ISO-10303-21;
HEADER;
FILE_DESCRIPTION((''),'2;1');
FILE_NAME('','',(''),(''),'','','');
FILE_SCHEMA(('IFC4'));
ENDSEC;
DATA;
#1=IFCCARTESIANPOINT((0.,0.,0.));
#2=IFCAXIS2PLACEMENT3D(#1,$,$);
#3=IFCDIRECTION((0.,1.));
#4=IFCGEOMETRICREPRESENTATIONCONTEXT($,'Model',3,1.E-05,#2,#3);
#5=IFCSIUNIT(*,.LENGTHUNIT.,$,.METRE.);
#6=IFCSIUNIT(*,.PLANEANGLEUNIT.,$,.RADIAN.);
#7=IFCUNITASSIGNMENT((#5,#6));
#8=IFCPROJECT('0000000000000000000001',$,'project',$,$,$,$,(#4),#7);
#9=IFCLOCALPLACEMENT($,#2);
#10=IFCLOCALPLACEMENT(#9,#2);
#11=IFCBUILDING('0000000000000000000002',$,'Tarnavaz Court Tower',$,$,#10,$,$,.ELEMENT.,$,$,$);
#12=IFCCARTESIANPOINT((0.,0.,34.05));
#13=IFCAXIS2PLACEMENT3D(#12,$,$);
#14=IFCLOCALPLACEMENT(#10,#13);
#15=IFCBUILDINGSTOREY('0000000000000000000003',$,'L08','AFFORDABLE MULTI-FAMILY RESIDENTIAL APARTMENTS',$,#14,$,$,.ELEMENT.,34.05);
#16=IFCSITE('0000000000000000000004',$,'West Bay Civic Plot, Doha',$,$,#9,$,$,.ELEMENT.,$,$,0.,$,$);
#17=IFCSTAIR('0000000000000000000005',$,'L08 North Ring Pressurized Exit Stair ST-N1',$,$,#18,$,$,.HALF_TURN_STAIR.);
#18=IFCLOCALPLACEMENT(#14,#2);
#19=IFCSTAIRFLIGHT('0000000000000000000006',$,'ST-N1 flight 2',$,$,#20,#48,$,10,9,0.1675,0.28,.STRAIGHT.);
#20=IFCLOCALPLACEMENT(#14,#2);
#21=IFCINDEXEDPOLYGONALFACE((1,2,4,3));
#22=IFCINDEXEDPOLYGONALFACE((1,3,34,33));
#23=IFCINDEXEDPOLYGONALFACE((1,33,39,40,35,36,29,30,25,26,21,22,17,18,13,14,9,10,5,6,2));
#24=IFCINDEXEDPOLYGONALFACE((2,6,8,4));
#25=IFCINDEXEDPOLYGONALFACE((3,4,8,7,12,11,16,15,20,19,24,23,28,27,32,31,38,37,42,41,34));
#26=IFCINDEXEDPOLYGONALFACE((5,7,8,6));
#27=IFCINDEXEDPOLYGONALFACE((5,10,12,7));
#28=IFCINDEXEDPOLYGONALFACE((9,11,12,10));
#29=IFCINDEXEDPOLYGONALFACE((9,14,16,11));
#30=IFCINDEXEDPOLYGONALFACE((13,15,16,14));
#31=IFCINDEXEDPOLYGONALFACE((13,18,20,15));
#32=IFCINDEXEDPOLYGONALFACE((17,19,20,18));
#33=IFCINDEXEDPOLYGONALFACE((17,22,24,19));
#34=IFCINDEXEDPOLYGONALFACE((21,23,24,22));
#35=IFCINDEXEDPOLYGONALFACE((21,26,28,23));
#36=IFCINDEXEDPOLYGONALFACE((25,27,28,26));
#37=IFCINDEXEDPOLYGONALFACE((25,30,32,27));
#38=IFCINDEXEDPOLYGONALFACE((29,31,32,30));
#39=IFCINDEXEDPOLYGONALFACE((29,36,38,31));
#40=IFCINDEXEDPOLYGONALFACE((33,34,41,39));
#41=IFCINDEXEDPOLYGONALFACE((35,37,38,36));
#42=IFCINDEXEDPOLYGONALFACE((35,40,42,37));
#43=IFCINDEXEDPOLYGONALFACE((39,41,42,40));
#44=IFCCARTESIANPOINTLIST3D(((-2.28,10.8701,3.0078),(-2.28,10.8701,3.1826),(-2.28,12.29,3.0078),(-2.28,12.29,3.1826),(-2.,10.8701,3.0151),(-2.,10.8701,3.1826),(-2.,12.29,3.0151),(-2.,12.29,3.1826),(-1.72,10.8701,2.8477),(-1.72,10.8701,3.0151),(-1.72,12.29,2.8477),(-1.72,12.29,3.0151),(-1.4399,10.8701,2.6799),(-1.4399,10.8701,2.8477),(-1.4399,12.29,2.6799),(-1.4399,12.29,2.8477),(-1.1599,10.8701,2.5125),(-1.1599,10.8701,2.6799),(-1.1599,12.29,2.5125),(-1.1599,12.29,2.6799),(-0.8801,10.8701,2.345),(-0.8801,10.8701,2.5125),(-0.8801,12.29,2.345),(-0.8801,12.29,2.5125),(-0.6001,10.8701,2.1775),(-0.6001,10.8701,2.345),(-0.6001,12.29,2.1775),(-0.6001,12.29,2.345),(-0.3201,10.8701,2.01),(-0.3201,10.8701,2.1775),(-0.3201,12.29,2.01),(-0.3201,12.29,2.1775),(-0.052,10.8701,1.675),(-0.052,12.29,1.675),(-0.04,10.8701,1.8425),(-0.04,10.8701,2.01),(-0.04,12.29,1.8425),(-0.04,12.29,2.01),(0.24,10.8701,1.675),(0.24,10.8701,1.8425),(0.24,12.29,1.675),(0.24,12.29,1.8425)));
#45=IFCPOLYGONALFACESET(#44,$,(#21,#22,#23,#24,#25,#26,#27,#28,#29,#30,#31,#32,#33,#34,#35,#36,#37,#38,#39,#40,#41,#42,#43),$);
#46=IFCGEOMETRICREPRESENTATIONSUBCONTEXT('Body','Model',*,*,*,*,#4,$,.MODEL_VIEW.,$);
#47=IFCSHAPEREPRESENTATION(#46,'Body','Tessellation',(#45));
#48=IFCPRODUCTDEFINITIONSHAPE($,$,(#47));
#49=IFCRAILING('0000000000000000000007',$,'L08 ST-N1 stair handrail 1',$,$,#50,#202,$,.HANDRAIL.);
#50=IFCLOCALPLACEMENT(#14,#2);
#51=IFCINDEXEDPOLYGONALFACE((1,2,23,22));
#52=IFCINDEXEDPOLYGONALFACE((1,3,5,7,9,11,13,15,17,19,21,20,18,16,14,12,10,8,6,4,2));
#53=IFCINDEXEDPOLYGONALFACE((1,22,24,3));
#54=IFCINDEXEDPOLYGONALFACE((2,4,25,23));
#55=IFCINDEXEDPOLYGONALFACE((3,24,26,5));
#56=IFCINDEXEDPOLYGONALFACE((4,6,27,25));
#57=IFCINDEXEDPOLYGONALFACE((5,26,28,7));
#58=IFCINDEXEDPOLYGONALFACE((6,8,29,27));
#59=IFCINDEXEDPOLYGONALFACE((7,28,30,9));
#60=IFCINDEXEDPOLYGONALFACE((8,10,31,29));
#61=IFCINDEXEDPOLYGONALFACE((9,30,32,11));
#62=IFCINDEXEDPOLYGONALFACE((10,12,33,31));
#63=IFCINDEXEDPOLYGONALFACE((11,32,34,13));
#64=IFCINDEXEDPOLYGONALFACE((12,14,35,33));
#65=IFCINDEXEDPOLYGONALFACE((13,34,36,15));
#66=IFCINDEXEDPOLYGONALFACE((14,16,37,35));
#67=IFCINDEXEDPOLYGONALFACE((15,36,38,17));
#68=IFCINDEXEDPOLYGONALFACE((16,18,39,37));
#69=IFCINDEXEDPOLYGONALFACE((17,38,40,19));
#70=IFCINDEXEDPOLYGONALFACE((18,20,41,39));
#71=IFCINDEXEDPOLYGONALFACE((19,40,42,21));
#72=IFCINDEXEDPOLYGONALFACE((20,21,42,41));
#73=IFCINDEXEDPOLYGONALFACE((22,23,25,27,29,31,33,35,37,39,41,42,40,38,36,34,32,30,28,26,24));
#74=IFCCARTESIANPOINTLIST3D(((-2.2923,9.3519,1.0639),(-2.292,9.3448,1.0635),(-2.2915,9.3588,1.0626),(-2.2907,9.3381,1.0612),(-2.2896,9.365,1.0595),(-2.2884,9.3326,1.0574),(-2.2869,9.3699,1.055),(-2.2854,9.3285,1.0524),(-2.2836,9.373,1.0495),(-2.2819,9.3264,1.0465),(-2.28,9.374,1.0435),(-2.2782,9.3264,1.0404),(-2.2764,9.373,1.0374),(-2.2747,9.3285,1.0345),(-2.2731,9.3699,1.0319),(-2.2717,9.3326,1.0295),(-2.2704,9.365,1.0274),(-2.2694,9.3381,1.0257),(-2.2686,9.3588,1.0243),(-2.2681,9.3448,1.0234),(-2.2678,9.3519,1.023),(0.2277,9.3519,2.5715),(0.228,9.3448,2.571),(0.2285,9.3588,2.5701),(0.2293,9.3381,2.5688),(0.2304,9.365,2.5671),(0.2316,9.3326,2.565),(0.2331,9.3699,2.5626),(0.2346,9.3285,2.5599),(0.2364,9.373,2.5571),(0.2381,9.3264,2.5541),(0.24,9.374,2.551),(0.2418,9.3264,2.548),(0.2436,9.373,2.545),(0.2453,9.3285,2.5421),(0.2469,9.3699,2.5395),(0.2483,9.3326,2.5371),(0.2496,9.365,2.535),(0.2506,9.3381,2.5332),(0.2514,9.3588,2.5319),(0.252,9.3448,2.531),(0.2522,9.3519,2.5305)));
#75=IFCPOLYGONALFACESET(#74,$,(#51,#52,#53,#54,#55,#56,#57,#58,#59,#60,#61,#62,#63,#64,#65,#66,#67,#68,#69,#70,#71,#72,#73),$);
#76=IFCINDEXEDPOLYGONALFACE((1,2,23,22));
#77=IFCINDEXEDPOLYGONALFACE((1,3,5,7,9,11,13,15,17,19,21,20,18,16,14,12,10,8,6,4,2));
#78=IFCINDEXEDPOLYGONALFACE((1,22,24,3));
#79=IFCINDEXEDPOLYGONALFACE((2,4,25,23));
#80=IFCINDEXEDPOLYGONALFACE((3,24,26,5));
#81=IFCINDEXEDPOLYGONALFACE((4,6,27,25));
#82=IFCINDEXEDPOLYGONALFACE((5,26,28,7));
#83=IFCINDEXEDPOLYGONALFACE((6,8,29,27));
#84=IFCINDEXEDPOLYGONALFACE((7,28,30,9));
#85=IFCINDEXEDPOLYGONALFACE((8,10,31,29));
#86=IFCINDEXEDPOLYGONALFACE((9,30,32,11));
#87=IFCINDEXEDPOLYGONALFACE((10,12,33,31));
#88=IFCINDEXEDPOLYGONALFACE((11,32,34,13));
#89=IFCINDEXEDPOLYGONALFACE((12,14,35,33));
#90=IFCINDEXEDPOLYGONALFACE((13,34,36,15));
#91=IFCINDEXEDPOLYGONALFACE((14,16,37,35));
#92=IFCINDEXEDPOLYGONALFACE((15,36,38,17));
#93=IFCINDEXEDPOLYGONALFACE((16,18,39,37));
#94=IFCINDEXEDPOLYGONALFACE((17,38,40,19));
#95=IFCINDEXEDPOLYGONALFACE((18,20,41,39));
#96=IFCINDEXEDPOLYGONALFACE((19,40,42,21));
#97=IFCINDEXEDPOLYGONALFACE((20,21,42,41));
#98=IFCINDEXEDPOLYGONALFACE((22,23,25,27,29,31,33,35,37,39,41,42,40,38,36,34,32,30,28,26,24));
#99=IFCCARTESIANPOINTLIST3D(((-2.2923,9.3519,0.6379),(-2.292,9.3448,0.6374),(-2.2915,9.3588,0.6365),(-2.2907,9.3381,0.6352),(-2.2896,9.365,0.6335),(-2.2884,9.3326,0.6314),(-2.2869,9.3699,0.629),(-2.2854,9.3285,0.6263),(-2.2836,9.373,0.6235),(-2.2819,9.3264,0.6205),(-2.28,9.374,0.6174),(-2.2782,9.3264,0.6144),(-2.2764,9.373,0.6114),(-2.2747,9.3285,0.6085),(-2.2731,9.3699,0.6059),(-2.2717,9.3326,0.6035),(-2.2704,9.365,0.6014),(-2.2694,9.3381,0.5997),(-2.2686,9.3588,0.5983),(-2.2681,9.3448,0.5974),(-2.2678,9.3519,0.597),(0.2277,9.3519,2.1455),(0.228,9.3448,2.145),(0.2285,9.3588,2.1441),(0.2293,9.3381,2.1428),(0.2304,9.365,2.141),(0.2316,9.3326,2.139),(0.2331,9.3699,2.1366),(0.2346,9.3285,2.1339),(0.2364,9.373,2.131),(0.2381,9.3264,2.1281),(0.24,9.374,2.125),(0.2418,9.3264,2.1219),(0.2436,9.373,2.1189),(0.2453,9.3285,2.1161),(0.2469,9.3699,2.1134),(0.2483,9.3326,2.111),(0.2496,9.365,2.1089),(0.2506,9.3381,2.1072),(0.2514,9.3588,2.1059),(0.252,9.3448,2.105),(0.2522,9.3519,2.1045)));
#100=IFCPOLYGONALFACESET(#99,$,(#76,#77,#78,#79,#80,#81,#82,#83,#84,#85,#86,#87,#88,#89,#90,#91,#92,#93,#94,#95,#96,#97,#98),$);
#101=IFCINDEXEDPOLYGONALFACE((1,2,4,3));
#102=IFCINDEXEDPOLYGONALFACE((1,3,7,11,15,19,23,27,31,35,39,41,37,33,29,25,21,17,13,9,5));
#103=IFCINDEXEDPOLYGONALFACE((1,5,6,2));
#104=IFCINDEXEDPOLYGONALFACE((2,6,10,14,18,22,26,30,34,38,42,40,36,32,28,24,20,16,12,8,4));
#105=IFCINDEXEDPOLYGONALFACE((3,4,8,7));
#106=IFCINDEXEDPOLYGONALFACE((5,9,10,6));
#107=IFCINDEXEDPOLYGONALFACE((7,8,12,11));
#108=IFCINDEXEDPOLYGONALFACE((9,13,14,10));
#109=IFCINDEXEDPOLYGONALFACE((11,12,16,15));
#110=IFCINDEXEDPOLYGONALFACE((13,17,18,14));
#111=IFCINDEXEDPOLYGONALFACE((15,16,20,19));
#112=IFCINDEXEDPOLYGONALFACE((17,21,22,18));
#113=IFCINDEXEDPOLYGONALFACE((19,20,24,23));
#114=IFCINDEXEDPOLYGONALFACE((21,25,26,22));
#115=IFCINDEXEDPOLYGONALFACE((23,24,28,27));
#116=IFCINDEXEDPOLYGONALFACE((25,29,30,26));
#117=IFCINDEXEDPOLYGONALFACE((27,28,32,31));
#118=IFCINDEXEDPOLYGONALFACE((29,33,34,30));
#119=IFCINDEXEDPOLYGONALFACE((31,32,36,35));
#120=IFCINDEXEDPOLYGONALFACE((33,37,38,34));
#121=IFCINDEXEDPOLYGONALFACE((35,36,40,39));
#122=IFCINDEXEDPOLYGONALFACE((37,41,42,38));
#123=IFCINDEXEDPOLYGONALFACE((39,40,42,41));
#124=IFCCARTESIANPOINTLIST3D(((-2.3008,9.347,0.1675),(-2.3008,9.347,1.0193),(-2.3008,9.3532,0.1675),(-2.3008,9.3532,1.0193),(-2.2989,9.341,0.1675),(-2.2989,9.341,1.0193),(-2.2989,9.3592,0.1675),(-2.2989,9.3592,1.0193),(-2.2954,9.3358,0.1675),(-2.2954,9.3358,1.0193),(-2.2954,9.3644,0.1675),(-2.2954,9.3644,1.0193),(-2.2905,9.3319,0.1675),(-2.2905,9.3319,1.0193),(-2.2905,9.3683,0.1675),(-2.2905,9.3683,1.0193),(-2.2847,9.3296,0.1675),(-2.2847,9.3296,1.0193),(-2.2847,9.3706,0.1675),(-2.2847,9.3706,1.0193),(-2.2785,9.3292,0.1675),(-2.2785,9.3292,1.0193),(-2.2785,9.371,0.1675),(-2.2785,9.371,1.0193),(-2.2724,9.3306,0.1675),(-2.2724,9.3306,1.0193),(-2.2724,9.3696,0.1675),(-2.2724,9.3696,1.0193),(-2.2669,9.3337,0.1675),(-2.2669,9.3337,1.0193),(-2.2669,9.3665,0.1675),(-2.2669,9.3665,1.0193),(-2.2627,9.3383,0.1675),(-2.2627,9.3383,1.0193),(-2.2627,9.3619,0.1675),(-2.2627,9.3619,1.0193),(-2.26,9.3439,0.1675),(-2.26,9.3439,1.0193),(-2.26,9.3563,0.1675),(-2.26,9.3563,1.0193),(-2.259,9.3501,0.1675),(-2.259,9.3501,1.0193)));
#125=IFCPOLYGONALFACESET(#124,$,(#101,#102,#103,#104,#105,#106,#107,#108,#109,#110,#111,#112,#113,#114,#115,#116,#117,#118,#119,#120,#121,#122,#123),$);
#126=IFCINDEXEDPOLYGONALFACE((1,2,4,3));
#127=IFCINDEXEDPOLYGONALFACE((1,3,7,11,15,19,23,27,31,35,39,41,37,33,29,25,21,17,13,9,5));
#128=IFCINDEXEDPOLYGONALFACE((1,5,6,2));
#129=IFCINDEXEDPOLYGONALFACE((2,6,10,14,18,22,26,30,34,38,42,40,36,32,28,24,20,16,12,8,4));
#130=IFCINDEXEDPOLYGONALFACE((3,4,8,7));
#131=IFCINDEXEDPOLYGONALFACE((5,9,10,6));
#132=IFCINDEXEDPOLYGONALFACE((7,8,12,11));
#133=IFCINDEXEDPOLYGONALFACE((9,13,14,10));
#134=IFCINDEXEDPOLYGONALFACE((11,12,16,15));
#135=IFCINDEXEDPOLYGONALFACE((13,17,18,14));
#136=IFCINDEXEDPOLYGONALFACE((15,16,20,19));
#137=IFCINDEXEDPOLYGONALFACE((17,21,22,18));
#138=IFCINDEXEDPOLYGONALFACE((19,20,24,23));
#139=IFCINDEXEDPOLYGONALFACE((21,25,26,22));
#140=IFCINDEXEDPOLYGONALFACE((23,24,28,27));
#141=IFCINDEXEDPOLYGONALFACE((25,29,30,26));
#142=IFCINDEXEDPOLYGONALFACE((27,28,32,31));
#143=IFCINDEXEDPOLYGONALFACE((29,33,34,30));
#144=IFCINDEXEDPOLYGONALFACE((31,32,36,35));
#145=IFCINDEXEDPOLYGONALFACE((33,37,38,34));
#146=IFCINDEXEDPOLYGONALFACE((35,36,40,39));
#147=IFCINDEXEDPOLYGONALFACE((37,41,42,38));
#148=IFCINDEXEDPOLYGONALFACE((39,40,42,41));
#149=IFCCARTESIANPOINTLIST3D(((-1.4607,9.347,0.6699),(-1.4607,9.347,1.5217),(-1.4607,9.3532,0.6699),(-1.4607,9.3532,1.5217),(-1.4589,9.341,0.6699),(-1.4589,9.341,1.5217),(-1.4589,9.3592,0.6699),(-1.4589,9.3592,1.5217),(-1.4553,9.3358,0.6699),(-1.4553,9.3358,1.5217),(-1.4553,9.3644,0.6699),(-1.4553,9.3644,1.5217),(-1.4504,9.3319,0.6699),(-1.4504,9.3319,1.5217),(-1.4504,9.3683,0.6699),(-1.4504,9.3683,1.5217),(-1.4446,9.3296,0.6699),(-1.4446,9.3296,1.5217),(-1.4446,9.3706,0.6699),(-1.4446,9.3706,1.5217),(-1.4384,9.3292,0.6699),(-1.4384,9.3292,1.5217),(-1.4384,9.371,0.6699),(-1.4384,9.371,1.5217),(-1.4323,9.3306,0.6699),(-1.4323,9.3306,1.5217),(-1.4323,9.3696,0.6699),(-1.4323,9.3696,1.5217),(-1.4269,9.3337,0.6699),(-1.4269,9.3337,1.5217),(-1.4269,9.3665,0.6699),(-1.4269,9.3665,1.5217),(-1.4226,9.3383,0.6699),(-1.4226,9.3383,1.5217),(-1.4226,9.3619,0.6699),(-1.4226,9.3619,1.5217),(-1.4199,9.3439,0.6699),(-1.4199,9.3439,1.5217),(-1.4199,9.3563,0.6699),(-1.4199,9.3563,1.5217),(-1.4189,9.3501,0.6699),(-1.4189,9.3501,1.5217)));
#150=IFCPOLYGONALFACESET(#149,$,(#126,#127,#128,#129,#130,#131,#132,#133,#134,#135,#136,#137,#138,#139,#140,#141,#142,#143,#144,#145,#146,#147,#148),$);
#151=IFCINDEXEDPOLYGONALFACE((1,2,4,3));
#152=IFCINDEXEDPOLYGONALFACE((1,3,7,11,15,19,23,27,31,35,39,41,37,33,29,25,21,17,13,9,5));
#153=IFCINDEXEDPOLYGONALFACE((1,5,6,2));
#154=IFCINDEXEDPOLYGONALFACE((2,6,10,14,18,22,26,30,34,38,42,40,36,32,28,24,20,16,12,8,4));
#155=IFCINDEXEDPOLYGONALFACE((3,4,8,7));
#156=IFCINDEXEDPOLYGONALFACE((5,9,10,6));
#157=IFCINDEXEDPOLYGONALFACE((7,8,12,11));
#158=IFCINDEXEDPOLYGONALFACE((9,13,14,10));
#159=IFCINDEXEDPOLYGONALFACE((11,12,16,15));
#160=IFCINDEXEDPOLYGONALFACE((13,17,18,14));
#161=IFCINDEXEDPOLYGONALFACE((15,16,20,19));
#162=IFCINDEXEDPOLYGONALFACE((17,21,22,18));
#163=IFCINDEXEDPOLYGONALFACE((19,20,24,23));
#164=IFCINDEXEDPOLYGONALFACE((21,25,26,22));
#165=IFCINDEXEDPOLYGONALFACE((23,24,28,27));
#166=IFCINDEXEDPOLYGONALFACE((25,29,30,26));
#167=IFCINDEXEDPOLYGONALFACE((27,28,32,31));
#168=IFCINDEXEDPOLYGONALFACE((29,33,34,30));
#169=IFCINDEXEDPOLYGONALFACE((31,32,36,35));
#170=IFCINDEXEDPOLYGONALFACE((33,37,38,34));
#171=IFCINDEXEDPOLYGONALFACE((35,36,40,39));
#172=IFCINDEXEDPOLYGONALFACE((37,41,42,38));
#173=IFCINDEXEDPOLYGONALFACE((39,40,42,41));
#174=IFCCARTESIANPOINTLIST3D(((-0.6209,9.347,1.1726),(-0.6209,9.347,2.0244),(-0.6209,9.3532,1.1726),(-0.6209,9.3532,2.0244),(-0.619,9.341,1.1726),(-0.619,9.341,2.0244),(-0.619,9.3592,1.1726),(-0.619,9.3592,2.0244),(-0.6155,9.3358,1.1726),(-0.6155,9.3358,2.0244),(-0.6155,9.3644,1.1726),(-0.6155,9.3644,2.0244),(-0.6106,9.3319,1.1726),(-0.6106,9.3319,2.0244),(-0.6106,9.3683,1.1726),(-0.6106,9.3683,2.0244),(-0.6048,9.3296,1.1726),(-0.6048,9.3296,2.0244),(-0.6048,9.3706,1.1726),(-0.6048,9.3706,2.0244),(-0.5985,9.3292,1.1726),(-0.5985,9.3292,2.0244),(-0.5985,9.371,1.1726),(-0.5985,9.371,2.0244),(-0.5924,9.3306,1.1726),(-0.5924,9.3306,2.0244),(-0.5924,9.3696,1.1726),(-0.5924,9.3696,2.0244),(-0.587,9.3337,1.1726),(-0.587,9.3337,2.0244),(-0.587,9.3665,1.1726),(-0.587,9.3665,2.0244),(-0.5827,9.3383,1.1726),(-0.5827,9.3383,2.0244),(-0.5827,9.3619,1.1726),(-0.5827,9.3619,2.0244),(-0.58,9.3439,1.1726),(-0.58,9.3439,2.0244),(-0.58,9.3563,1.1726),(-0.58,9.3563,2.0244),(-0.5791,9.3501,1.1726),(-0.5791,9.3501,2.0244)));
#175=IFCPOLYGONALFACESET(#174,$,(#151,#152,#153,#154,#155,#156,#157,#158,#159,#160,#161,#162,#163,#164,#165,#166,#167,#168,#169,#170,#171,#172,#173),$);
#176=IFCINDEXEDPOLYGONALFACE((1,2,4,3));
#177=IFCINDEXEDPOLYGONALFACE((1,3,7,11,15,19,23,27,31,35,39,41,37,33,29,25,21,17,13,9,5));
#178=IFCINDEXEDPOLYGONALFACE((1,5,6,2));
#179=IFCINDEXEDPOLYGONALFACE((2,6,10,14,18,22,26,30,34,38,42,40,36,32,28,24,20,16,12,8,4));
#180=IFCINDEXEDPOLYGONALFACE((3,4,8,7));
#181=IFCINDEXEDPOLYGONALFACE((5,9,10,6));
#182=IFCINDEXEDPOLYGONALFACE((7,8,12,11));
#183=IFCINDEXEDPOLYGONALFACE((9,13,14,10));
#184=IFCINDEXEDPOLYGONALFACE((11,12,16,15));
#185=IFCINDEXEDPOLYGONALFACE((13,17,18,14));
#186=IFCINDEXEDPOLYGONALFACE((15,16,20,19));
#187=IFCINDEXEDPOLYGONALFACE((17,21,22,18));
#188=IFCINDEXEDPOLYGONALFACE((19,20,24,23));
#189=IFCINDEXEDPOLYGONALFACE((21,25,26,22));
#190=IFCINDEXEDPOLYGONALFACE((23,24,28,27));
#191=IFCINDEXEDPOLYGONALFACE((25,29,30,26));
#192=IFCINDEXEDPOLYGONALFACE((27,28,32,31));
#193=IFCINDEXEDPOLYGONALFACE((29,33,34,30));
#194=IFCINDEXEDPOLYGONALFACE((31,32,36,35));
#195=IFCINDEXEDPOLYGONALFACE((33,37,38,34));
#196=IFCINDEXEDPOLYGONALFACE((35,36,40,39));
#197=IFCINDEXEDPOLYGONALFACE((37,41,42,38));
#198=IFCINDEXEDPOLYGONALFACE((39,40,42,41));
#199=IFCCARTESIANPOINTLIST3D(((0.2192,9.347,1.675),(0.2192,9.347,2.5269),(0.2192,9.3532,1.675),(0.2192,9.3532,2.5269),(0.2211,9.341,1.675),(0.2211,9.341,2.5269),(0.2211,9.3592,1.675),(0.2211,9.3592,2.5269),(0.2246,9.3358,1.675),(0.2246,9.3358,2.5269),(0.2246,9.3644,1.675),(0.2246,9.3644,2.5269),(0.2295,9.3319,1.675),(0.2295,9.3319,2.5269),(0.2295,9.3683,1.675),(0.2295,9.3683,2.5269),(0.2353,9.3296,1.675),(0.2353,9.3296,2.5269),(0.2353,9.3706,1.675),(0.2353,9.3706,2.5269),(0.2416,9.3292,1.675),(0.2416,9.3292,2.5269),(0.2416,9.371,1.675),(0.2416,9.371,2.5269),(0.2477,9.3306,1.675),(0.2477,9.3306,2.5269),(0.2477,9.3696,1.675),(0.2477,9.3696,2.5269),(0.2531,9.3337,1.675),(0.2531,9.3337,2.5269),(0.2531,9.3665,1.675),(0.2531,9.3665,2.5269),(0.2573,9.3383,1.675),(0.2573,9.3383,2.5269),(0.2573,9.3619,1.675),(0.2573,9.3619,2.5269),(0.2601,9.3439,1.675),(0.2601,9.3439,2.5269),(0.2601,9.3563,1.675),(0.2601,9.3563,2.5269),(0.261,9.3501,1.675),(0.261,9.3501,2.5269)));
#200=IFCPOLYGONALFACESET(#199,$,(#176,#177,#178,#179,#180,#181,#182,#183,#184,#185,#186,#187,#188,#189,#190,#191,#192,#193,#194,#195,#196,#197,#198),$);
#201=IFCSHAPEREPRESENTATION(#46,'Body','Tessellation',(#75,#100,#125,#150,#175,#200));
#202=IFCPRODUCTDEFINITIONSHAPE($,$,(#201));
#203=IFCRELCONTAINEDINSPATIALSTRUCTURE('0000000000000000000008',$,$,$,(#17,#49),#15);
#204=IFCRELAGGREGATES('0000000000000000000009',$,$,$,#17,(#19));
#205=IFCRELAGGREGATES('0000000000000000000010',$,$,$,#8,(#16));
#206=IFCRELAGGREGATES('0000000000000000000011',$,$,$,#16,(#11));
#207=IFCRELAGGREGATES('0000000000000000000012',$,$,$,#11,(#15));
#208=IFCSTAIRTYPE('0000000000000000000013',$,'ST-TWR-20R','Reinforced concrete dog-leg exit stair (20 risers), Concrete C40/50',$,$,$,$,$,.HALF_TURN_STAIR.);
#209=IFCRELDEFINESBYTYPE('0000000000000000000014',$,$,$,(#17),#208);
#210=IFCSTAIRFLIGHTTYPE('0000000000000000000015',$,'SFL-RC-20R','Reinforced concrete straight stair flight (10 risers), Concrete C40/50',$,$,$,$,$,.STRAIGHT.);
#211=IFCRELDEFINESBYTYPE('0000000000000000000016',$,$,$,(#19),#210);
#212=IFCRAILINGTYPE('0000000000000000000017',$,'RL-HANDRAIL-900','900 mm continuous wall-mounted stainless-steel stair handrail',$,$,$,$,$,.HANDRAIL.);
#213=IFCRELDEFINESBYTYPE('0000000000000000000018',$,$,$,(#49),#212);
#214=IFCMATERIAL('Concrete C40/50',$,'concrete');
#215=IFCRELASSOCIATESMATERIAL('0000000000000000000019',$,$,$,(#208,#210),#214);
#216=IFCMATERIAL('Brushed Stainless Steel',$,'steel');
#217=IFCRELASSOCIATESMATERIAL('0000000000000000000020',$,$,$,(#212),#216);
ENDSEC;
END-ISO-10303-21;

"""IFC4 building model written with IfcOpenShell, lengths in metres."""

from ifc_helpers import new_model, si_unit, direction, frame, origin, origin_2d, place, context, subcontext, project, spatial, polyline, circle, outline, extrude, material, type_object, element, aggregate, save


model = new_model("IFC4")

# Units and contexts
model_context = context("Model", 3, precision=1e-05, world=origin(), true_north=direction((0.0, 1.0)))
body_context = subcontext(model_context, "Body", "Model", "MODEL_VIEW")
ifc_project = project(units=[si_unit("LENGTHUNIT", "METRE"), si_unit("PLANEANGLEUNIT", "RADIAN")], contexts=[model_context])

# Site, building, storey
site_placement = place(None, origin())
site = spatial("IfcSite", under=ifc_project, at=site_placement, Name="West Bay Civic Plot, Doha", CompositionType="ELEMENT", RefElevation=0.0)
building_placement = place(site_placement, origin())
building = spatial("IfcBuilding", under=site, at=building_placement, Name="Tarnavaz Court Tower", CompositionType="ELEMENT")
storey_placement = place(building_placement, frame((0.0, 0.0, 34.05)))
storey = spatial("IfcBuildingStorey", under=building, at=storey_placement, Name="L08", Description="AFFORDABLE MULTI-FAMILY RESIDENTIAL APARTMENTS", CompositionType="ELEMENT", Elevation=34.05)

# Stair
ifc_material_1 = material(Name="Concrete C40/50", Category="concrete")
stair_type = type_object("IfcStairType", Name="ST-TWR-20R", Description="Reinforced concrete dog-leg exit stair (20 risers), Concrete C40/50", PredefinedType="HALF_TURN_STAIR", material=ifc_material_1)
stair_1_placement = place(storey_placement, origin())
stair_1 = element("IfcStair", 1, at=stair_1_placement, inside=storey, type_object=stair_type, Name="L08 North Ring Pressurized Exit Stair ST-N1", PredefinedType="HALF_TURN_STAIR")

# Stair flight
stair_flight_type = type_object("IfcStairFlightType", Name="SFL-RC-20R", Description="Reinforced concrete straight stair flight (10 risers), Concrete C40/50", PredefinedType="STRAIGHT", material=ifc_material_1)
stair_flight_placement = place(storey_placement, frame((0.24, 11.5801, 1.675), z_axis=(0.0, 0.0, 1.0), x_axis=(-1.0, 0.0, 0.0)))
stair_flight = element("IfcStairFlight", 2, at=stair_flight_placement, type_object=stair_flight_type, Name="ST-N1 flight 2", NumberOfRisers=10, NumberOfTreads=9, PredefinedType="STRAIGHT", RiserHeight=0.1675, TreadLength=0.28, context=body_context, shape_type="SweptSolid", body=[
    extrude(outline(polyline([(0.0, 0.0), (0.0, 0.1675), (0.28, 0.1675), (0.28, 0.335), (0.5601, 0.335), (0.5601, 0.5024), (0.8401, 0.5024), (0.8401, 0.6699), (1.1201, 0.6699), (1.1201, 0.8374), (1.3999, 0.8374), (1.3999, 1.0049), (1.6799, 1.0049), (1.6799, 1.1726), (1.96, 1.1726), (1.96, 1.3401), (2.24, 1.3401), (2.24, 1.5076), (2.52, 1.5076), (2.52, 1.675), (2.52, 1.3328), (0.292, 0.0), (0.0, 0.0)])), frame((0.0, 0.71, 0.0), z_axis=(0.0, -1.0, 0.0), x_axis=(1.0, 0.0, 0.0)), (0.0, 0.0, 1.0), 1.4199),
])
aggregate(stair_1, [stair_flight])

# Railing
ifc_material_2 = material(Name="Brushed Stainless Steel", Category="steel")
railing_type_1 = type_object("IfcRailingType", Name="RL-HANDRAIL-900", Description="900 mm continuous wall-mounted stainless-steel stair handrail", PredefinedType="HANDRAIL", material=ifc_material_2)
railing_1_placement = place(storey_placement, frame((-2.28, 9.3501, 0.1675)))
element("IfcRailing", 3, at=railing_1_placement, inside=storey, type_object=railing_type_1, Name="L08 ST-N1 stair handrail 1", PredefinedType="HANDRAIL", context=body_context, shape_type="SweptSolid", body=[
    extrude(circle(Radius=0.0239, at=origin_2d()), frame((0.0, 0.0, 0.876), z_axis=(0.85816, 0.0, 0.513383), x_axis=(0.0, 1.0, 0.0)), (0.0, 0.0, 1.0), 2.9365),
    extrude(circle(Radius=0.0239, at=origin_2d()), frame((0.0, 0.0, 0.45), z_axis=(0.85816, 0.0, 0.513383), x_axis=(0.0, 1.0, 0.0)), (0.0, 0.0, 1.0), 2.9365),
    extrude(circle(Radius=0.021, at=origin_2d()), origin(), (0.0, 0.0, 1.0), 0.8518),
    extrude(circle(Radius=0.021, at=origin_2d()), frame((0.8401, 0.0, 0.5024)), (0.0, 0.0, 1.0), 0.8518),
    extrude(circle(Radius=0.021, at=origin_2d()), frame((1.6799, 0.0, 1.0051)), (0.0, 0.0, 1.0), 0.8518),
    extrude(circle(Radius=0.021, at=origin_2d()), frame((2.52, 0.0, 1.5076)), (0.0, 0.0, 1.0), 0.8518),
])

save(model, "model.ifc")
